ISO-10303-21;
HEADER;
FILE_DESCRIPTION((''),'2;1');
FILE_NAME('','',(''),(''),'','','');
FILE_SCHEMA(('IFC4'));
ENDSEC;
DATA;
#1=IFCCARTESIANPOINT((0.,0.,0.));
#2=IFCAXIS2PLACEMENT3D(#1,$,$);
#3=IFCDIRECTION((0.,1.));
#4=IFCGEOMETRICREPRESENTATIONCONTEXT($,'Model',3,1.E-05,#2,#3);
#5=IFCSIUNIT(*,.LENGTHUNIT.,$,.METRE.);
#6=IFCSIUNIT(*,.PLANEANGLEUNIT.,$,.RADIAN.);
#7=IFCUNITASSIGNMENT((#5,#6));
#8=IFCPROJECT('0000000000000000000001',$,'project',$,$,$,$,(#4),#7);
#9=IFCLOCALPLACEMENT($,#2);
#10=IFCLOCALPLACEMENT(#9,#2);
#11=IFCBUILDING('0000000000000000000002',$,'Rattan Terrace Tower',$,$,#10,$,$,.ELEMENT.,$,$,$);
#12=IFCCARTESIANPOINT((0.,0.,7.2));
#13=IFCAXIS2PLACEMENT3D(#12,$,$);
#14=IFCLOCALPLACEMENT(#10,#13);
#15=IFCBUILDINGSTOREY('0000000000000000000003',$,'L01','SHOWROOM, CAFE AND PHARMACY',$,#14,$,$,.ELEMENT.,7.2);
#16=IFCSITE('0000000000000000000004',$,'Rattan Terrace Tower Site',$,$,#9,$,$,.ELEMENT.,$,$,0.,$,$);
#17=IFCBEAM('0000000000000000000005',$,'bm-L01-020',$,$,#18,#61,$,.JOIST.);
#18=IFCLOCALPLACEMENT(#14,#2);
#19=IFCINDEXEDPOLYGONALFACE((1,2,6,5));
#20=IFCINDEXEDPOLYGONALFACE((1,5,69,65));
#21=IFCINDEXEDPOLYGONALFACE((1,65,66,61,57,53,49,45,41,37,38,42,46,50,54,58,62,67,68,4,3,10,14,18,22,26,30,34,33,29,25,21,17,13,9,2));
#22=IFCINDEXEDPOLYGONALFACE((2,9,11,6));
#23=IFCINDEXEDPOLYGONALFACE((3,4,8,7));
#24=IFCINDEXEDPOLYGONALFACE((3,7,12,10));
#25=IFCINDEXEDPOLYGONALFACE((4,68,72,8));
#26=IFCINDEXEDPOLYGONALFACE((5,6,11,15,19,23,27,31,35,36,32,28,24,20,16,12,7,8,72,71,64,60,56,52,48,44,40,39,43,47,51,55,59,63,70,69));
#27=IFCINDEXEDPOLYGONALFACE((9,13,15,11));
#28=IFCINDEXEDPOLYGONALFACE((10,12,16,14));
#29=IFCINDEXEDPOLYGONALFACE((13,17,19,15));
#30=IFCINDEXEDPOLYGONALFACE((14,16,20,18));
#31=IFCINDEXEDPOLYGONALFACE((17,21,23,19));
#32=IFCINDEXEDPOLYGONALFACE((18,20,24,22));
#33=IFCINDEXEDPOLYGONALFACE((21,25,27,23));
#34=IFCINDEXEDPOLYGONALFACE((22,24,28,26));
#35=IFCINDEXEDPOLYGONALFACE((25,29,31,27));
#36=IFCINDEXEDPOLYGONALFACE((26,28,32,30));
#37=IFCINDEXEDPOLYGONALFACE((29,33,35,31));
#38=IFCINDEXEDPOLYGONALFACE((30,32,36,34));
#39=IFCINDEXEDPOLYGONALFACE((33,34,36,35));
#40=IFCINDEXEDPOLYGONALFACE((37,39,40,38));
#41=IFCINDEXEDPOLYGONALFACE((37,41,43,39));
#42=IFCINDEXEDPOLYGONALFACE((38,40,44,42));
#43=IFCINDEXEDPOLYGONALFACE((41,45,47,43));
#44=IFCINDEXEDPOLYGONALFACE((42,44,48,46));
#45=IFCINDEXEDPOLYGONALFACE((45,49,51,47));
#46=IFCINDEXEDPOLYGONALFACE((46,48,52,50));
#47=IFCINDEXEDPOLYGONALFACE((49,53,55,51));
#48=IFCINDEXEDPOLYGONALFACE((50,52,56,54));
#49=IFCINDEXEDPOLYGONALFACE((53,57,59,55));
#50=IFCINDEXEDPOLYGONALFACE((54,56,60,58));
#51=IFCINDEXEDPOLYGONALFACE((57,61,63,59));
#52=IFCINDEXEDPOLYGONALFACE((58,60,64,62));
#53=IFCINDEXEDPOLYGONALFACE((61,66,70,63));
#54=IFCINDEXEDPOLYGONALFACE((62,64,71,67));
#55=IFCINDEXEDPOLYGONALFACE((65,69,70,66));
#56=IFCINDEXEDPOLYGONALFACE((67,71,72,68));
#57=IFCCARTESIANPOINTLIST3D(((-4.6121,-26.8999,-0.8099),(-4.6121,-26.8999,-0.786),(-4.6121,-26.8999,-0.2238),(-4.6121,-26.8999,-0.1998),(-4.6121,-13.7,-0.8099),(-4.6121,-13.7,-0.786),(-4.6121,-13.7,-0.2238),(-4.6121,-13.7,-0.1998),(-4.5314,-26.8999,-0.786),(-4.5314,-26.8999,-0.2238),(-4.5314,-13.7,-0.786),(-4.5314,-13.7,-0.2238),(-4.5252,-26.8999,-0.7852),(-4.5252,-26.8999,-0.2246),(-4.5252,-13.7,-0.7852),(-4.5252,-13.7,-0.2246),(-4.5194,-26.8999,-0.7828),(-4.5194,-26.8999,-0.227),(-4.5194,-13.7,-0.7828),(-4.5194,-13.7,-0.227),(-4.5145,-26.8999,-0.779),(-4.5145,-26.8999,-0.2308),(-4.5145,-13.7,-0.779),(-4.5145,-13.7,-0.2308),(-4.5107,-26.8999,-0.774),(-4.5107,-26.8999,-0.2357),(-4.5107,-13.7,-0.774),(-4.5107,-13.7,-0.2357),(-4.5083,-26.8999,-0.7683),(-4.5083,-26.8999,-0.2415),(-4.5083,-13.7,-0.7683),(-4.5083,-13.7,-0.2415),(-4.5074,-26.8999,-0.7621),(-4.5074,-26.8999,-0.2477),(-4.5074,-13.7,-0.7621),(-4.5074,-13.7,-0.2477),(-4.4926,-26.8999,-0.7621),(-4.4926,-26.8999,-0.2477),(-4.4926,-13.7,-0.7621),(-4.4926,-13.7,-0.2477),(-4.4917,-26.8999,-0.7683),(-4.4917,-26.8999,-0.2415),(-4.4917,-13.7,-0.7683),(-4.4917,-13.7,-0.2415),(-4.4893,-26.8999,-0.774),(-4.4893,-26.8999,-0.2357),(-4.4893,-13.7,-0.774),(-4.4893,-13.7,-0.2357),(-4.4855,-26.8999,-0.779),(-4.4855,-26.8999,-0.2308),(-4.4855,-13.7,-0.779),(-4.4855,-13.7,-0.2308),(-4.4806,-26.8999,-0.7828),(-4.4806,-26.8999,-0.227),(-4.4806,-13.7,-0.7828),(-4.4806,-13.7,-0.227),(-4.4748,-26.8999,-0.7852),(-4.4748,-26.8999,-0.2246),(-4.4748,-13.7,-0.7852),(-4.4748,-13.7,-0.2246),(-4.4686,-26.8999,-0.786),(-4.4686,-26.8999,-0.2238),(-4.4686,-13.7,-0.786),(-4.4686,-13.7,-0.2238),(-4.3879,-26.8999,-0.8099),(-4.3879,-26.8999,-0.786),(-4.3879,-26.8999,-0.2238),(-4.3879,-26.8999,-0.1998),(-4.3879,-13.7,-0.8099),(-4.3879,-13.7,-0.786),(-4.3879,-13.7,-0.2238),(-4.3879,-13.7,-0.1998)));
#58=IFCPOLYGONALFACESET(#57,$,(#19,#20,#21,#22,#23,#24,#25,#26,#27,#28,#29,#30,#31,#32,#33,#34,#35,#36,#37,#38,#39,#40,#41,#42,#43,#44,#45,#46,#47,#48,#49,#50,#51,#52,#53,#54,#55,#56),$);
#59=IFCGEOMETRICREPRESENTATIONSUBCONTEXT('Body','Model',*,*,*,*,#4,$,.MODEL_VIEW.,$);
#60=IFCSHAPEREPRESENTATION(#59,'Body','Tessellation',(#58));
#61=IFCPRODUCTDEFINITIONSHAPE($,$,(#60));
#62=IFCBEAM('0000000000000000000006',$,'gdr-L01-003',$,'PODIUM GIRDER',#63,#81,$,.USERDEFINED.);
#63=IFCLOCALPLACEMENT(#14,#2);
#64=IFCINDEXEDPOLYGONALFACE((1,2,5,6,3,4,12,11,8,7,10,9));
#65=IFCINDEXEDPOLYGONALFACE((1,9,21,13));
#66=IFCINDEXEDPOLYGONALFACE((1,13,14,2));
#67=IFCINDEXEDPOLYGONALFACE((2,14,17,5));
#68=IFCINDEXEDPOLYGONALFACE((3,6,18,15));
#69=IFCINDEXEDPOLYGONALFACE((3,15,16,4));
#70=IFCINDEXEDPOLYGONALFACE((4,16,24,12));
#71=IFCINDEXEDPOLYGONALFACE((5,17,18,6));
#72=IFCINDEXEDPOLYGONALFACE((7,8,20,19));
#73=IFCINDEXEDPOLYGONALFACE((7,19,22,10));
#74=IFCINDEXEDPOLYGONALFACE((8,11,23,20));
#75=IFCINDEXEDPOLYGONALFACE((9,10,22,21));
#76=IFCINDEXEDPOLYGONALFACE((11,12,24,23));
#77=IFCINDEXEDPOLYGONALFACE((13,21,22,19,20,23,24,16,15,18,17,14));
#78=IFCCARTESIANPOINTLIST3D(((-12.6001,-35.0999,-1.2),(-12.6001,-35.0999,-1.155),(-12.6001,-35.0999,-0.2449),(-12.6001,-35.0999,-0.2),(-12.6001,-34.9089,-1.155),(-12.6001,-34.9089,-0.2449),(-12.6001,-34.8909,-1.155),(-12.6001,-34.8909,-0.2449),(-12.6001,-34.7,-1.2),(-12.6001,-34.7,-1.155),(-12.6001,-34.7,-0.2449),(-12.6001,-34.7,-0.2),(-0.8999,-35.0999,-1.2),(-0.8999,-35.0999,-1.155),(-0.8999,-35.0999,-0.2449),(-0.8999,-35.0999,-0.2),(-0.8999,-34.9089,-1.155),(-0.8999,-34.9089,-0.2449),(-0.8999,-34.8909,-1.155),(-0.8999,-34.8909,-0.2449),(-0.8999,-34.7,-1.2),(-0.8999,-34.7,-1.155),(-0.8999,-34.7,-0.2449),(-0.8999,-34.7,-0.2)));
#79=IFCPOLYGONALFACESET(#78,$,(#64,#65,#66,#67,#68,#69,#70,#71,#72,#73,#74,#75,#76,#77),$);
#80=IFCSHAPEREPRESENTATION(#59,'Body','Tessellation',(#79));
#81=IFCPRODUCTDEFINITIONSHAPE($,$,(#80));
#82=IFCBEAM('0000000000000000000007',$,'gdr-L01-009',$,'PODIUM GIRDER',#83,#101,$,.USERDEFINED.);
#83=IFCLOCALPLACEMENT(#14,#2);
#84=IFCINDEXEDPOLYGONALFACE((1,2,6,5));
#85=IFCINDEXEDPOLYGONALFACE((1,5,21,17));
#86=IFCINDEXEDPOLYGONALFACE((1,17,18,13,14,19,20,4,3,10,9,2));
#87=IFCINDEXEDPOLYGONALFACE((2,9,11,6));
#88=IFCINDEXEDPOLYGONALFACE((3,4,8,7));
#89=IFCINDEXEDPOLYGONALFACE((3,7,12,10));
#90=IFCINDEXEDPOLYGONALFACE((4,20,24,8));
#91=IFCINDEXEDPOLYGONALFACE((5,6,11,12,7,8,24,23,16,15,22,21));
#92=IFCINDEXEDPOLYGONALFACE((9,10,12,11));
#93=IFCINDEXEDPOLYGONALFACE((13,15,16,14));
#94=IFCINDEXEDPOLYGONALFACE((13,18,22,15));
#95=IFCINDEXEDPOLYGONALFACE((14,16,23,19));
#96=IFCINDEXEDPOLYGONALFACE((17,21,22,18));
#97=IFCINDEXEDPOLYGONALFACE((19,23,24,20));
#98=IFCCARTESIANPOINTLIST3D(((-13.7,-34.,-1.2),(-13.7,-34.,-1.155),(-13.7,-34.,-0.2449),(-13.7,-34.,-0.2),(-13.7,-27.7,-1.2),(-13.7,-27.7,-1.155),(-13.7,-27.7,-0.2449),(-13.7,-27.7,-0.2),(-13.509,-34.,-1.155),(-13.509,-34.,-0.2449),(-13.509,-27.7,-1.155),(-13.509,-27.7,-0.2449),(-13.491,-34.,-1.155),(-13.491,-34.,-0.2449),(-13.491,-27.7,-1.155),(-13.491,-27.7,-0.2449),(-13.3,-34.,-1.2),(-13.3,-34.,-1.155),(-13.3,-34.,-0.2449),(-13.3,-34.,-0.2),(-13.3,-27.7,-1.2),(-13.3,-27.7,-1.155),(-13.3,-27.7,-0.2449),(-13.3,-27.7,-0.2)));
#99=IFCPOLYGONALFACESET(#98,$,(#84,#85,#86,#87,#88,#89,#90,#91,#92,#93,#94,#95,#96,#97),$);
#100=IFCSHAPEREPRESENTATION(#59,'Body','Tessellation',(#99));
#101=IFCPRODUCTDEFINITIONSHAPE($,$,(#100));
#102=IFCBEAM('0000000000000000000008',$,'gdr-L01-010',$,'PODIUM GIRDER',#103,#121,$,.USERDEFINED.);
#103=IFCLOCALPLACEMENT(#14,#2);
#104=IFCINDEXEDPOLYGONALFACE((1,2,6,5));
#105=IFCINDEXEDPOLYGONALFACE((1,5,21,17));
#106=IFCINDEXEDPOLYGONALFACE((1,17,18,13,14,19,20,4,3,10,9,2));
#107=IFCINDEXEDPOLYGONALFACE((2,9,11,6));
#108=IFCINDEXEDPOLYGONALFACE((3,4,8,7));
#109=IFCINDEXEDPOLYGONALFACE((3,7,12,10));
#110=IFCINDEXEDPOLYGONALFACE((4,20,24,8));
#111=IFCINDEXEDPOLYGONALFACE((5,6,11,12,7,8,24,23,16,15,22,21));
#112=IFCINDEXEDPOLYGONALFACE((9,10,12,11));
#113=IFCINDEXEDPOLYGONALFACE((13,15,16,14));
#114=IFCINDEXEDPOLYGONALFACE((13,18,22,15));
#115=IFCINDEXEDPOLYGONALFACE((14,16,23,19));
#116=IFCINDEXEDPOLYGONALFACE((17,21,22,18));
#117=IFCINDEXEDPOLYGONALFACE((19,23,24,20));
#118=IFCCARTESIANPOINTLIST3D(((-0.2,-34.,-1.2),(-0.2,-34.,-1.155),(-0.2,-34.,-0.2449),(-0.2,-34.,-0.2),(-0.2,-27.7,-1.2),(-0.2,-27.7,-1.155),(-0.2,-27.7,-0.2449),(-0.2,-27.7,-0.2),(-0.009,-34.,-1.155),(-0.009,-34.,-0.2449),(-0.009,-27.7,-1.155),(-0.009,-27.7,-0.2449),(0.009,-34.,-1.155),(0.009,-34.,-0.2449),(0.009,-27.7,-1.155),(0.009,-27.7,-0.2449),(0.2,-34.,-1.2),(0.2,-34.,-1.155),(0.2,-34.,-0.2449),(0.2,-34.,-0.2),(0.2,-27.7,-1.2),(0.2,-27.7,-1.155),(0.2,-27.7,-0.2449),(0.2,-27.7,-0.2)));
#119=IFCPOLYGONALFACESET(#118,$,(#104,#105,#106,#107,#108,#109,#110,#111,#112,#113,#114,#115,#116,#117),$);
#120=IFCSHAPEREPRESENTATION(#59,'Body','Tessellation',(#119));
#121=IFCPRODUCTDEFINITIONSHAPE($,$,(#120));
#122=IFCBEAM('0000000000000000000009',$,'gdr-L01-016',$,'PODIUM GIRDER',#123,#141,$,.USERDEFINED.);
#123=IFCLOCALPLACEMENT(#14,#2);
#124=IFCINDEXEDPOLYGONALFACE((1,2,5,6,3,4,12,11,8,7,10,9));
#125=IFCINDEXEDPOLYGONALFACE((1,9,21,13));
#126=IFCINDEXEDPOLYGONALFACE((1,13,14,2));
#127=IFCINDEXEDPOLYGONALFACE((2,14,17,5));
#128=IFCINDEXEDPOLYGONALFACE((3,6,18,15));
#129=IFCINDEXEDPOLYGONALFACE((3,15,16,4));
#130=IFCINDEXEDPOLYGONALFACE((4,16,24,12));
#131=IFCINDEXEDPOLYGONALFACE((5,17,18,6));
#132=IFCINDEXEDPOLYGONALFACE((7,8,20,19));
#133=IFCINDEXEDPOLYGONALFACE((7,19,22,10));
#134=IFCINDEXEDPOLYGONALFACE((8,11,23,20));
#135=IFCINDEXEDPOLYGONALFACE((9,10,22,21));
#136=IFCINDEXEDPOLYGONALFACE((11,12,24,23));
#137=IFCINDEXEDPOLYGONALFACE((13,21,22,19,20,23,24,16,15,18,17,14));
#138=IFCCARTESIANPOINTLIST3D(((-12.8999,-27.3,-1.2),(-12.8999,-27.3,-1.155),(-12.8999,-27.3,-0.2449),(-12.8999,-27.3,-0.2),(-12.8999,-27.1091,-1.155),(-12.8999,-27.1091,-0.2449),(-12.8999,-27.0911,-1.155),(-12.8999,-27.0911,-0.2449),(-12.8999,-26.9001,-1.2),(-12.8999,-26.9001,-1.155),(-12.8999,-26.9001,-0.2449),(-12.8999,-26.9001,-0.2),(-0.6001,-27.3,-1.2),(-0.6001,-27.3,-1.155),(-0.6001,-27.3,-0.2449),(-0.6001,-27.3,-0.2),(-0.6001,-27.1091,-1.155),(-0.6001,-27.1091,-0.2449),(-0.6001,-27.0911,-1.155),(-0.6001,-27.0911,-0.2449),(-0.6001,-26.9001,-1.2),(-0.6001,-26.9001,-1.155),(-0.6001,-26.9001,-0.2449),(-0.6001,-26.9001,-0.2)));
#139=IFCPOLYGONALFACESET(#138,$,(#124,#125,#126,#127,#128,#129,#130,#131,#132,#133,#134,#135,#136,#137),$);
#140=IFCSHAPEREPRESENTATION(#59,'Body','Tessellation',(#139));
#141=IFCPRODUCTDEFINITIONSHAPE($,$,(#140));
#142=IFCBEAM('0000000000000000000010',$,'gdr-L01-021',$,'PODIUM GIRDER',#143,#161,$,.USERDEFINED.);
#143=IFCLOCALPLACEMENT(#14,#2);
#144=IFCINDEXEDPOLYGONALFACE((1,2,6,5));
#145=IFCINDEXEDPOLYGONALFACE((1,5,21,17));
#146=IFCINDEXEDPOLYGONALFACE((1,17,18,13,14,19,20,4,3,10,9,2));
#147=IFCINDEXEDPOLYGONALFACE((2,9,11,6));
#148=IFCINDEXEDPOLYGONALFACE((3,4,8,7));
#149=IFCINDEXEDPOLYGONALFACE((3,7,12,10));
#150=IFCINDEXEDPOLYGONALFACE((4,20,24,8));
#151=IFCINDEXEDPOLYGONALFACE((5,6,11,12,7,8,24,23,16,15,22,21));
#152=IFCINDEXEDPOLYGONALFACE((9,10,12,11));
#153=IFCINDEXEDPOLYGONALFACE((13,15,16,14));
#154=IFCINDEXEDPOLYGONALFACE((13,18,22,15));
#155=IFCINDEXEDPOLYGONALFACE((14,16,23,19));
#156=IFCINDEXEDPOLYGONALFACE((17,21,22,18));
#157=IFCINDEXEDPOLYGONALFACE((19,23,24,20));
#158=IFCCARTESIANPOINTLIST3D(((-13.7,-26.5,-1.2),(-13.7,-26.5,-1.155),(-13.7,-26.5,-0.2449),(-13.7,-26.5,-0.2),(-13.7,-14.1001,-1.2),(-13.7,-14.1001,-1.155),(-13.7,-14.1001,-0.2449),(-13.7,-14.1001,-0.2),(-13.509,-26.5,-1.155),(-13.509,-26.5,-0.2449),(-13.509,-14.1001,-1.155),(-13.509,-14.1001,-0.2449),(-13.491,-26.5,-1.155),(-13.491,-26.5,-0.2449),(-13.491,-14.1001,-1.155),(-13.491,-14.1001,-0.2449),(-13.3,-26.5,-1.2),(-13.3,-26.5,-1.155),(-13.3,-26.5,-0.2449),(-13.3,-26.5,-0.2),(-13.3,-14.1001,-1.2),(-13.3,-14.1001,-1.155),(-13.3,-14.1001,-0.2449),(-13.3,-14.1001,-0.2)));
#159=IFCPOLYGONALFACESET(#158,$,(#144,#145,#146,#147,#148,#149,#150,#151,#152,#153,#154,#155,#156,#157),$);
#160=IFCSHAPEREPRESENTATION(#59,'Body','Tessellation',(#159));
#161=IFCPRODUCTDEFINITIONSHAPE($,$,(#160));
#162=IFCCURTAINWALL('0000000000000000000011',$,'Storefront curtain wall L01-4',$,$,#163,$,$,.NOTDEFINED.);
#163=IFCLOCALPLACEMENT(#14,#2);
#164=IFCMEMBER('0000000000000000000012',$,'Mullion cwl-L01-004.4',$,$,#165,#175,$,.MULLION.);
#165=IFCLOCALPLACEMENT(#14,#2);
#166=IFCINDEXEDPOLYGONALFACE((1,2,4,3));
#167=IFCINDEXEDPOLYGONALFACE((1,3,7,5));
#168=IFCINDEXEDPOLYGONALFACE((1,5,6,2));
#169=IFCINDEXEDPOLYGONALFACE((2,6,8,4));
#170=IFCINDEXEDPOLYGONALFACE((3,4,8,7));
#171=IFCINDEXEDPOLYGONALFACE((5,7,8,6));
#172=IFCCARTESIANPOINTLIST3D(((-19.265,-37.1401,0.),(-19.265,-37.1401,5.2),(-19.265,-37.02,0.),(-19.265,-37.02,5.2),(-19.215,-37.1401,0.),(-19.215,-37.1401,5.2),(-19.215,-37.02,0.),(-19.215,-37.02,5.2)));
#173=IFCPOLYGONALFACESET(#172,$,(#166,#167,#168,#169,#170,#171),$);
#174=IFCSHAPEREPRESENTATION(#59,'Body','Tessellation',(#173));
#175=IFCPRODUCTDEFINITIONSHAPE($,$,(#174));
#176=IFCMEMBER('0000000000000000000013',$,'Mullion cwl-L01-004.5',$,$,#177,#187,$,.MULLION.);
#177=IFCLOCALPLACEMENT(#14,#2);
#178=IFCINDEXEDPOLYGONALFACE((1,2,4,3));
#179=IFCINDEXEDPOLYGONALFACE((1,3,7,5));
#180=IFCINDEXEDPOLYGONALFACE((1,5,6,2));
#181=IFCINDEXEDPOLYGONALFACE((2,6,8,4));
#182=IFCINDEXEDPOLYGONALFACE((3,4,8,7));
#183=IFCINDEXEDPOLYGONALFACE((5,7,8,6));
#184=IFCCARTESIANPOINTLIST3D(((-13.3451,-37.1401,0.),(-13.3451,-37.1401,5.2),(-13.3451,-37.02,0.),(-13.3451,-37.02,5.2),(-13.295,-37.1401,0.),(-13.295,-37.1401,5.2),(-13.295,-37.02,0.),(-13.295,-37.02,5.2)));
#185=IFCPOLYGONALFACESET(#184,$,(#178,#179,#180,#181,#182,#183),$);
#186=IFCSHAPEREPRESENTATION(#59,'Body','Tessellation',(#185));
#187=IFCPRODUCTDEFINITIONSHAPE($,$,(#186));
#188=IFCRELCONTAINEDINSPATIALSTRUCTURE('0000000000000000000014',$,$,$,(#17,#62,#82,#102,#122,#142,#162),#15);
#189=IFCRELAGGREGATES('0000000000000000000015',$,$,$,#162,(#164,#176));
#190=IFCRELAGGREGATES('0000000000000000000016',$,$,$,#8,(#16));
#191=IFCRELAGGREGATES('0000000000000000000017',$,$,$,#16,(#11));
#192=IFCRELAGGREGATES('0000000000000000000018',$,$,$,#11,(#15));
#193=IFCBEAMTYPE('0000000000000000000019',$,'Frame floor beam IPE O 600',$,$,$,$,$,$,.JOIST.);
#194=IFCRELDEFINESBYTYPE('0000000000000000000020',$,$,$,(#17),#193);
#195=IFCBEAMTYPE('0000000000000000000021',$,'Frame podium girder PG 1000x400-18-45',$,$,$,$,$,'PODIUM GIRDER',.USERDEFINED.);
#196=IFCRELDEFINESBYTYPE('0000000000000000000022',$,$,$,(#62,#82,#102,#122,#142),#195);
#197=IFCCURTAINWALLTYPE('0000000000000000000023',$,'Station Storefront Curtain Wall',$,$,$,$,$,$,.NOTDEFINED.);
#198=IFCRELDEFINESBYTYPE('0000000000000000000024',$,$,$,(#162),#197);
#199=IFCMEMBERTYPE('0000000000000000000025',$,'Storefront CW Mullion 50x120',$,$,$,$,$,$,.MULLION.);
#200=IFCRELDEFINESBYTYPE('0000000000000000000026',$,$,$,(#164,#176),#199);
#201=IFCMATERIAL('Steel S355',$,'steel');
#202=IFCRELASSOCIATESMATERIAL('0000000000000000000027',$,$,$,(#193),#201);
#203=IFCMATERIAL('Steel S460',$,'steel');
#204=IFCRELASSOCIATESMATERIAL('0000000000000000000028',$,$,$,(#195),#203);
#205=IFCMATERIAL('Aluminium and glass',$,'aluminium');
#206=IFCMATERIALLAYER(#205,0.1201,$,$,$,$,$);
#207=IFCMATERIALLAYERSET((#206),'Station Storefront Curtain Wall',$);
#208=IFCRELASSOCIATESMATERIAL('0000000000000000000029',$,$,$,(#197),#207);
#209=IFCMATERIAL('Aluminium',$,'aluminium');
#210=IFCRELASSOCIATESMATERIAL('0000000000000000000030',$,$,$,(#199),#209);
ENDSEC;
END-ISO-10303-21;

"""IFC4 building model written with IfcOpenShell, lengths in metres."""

from ifc_helpers import new_model, si_unit, direction, frame, origin, origin_2d, place, context, subcontext, project, spatial, rectangle, i_section, extrude, material, layer, layer_set, material_profile, profile_set, type_object, element, aggregate, save


model = new_model("IFC4")

# Units and contexts
model_context = context("Model", 3, precision=1e-05, world=origin(), true_north=direction((0.0, 1.0)))
body_context = subcontext(model_context, "Body", "Model", "MODEL_VIEW")
ifc_project = project(units=[si_unit("LENGTHUNIT", "METRE"), si_unit("PLANEANGLEUNIT", "RADIAN")], contexts=[model_context])

# Site, building, storey
site_placement = place(None, origin())
site = spatial("IfcSite", under=ifc_project, at=site_placement, Name="Rattan Terrace Tower Site", CompositionType="ELEMENT", RefElevation=0.0)
building_placement = place(site_placement, origin())
building = spatial("IfcBuilding", under=site, at=building_placement, Name="Rattan Terrace Tower", CompositionType="ELEMENT")
storey_placement = place(building_placement, frame((0.0, 0.0, 7.2)))
storey = spatial("IfcBuildingStorey", under=building, at=storey_placement, Name="L01", Description="SHOWROOM, CAFE AND PHARMACY", CompositionType="ELEMENT", Elevation=7.2)

# Beams
ifc_material_1 = material(Name="Steel S355", Category="steel")
ifc_material_profile_1 = material_profile(ifc_material_1, i_section(OverallWidth=0.2241, OverallDepth=0.6101, WebThickness=0.0149, FlangeThickness=0.0239, FilletRadius=0.0239, at=origin_2d()), Name="IPE O 600")
ifc_profile_set_1 = profile_set([ifc_material_profile_1], Name="Steel S355")
beam_type_1 = type_object("IfcBeamType", Name="Frame floor beam IPE O 600", PredefinedType="JOIST", material=ifc_profile_set_1)
for number, where, z_axis, x_axis, name in (
    (1, (-4.5, -26.8999, -0.5049), (0.0, 1.0, 0.0), (-1.0, 0.0, 0.0), "bm-L01-020"),
):
    element("IfcBeam", number, at=place(storey_placement, frame(where, z_axis=z_axis, x_axis=x_axis)), inside=storey, type_object=beam_type_1, Name=name, PredefinedType="JOIST", context=body_context, shape_type="SweptSolid", body=[
        extrude(i_section(OverallWidth=0.2241, OverallDepth=0.6101, WebThickness=0.0149, FlangeThickness=0.0239, FilletRadius=0.0239, at=origin_2d()), origin(), (0.0, 0.0, 1.0), 13.2),
    ])
ifc_material_2 = material(Name="Steel S460", Category="steel")
ifc_material_profile_2 = material_profile(ifc_material_2, i_section(OverallWidth=0.3999, OverallDepth=1.0, WebThickness=0.0181, FlangeThickness=0.0449, at=origin_2d()), Name="PG 1000x400-18-45")
ifc_profile_set_2 = profile_set([ifc_material_profile_2], Name="Steel S460")
beam_type_2 = type_object("IfcBeamType", Name="Frame podium girder PG 1000x400-18-45", ElementType="PODIUM GIRDER", PredefinedType="USERDEFINED", material=ifc_profile_set_2)
beam_1_placement = place(storey_placement, frame((-12.6001, -34.8999, -0.7), z_axis=(1.0, 0.0, 0.0), x_axis=(0.0, 1.0, 0.0)))
element("IfcBeam", 2, at=beam_1_placement, inside=storey, type_object=beam_type_2, Name="gdr-L01-003", ObjectType="PODIUM GIRDER", PredefinedType="USERDEFINED", context=body_context, shape_type="SweptSolid", body=[
    extrude(i_section(OverallWidth=0.3999, OverallDepth=1.0, WebThickness=0.0181, FlangeThickness=0.0449, at=origin_2d()), origin(), (0.0, 0.0, 1.0), 11.7002),
])
for number, where, z_axis, x_axis, name in (
    (3, (-13.5, -34.0, -0.7), (0.0, 1.0, 0.0), (-1.0, 0.0, 0.0), "gdr-L01-009"),
    (4, (0.0, -34.0, -0.7), (0.0, 1.0, 0.0), (-1.0, 0.0, 0.0), "gdr-L01-010"),
):
    element("IfcBeam", number, at=place(storey_placement, frame(where, z_axis=z_axis, x_axis=x_axis)), inside=storey, type_object=beam_type_2, Name=name, ObjectType="PODIUM GIRDER", PredefinedType="USERDEFINED", context=body_context, shape_type="SweptSolid", body=[
        extrude(i_section(OverallWidth=0.3999, OverallDepth=1.0, WebThickness=0.0181, FlangeThickness=0.0449, at=origin_2d()), origin(), (0.0, 0.0, 1.0), 6.3),
    ])
beam_2_placement = place(storey_placement, frame((-12.8999, -27.1001, -0.7), z_axis=(1.0, 0.0, 0.0), x_axis=(0.0, 1.0, 0.0)))
element("IfcBeam", 5, at=beam_2_placement, inside=storey, type_object=beam_type_2, Name="gdr-L01-016", ObjectType="PODIUM GIRDER", PredefinedType="USERDEFINED", context=body_context, shape_type="SweptSolid", body=[
    extrude(i_section(OverallWidth=0.3999, OverallDepth=1.0, WebThickness=0.0181, FlangeThickness=0.0449, at=origin_2d()), origin(), (0.0, 0.0, 1.0), 12.2998),
])
beam_3_placement = place(storey_placement, frame((-13.5, -26.5, -0.7), z_axis=(0.0, 1.0, 0.0), x_axis=(-1.0, 0.0, 0.0)))
element("IfcBeam", 6, at=beam_3_placement, inside=storey, type_object=beam_type_2, Name="gdr-L01-021", ObjectType="PODIUM GIRDER", PredefinedType="USERDEFINED", context=body_context, shape_type="SweptSolid", body=[
    extrude(i_section(OverallWidth=0.3999, OverallDepth=1.0, WebThickness=0.0181, FlangeThickness=0.0449, at=origin_2d()), origin(), (0.0, 0.0, 1.0), 12.3999),
])

# Curtain wall, members
ifc_material_3 = material(Name="Aluminium and glass", Category="aluminium")
ifc_layer_1 = layer(ifc_material_3, 0.1201)
ifc_layer_set_1 = layer_set([ifc_layer_1], Name="Station Storefront Curtain Wall")
curtain_wall_type = type_object("IfcCurtainWallType", Name="Station Storefront Curtain Wall", PredefinedType="NOTDEFINED", material=ifc_layer_set_1)
curtain_wall_placement = place(storey_placement, origin())
curtain_wall = element("IfcCurtainWall", 7, at=curtain_wall_placement, inside=storey, type_object=curtain_wall_type, Name="Storefront curtain wall L01-4", PredefinedType="NOTDEFINED")
ifc_material_4 = material(Name="Aluminium", Category="aluminium")
ifc_material_profile_3 = material_profile(ifc_material_4, rectangle(XDim=0.05, YDim=0.1201, at=origin_2d()), Name="Aluminium 50x120")
ifc_profile_set_3 = profile_set([ifc_material_profile_3], Name="Aluminium")
member_type_1 = type_object("IfcMemberType", Name="Storefront CW Mullion 50x120", PredefinedType="MULLION", material=ifc_profile_set_3)
member_1_placement = place(storey_placement, frame((-19.24, -37.0801, 0.0), z_axis=(0.0, 0.0, 1.0), x_axis=(1.0, 0.0, 0.0)))
member_1 = element("IfcMember", 8, at=member_1_placement, type_object=member_type_1, Name="Mullion cwl-L01-004.4", PredefinedType="MULLION", context=body_context, shape_type="SweptSolid", body=[
    extrude(rectangle(XDim=0.05, YDim=0.1201, at=origin_2d()), origin(), (0.0, 0.0, 1.0), 5.2),
])
member_2_placement = place(storey_placement, frame((-13.3201, -37.0801, 0.0), z_axis=(0.0, 0.0, 1.0), x_axis=(1.0, 0.0, 0.0)))
member_2 = element("IfcMember", 9, at=member_2_placement, type_object=member_type_1, Name="Mullion cwl-L01-004.5", PredefinedType="MULLION", context=body_context, shape_type="SweptSolid", body=[
    extrude(rectangle(XDim=0.05, YDim=0.1201, at=origin_2d()), origin(), (0.0, 0.0, 1.0), 5.2),
])
aggregate(curtain_wall, [member_1, member_2])

save(model, "model.ifc")
